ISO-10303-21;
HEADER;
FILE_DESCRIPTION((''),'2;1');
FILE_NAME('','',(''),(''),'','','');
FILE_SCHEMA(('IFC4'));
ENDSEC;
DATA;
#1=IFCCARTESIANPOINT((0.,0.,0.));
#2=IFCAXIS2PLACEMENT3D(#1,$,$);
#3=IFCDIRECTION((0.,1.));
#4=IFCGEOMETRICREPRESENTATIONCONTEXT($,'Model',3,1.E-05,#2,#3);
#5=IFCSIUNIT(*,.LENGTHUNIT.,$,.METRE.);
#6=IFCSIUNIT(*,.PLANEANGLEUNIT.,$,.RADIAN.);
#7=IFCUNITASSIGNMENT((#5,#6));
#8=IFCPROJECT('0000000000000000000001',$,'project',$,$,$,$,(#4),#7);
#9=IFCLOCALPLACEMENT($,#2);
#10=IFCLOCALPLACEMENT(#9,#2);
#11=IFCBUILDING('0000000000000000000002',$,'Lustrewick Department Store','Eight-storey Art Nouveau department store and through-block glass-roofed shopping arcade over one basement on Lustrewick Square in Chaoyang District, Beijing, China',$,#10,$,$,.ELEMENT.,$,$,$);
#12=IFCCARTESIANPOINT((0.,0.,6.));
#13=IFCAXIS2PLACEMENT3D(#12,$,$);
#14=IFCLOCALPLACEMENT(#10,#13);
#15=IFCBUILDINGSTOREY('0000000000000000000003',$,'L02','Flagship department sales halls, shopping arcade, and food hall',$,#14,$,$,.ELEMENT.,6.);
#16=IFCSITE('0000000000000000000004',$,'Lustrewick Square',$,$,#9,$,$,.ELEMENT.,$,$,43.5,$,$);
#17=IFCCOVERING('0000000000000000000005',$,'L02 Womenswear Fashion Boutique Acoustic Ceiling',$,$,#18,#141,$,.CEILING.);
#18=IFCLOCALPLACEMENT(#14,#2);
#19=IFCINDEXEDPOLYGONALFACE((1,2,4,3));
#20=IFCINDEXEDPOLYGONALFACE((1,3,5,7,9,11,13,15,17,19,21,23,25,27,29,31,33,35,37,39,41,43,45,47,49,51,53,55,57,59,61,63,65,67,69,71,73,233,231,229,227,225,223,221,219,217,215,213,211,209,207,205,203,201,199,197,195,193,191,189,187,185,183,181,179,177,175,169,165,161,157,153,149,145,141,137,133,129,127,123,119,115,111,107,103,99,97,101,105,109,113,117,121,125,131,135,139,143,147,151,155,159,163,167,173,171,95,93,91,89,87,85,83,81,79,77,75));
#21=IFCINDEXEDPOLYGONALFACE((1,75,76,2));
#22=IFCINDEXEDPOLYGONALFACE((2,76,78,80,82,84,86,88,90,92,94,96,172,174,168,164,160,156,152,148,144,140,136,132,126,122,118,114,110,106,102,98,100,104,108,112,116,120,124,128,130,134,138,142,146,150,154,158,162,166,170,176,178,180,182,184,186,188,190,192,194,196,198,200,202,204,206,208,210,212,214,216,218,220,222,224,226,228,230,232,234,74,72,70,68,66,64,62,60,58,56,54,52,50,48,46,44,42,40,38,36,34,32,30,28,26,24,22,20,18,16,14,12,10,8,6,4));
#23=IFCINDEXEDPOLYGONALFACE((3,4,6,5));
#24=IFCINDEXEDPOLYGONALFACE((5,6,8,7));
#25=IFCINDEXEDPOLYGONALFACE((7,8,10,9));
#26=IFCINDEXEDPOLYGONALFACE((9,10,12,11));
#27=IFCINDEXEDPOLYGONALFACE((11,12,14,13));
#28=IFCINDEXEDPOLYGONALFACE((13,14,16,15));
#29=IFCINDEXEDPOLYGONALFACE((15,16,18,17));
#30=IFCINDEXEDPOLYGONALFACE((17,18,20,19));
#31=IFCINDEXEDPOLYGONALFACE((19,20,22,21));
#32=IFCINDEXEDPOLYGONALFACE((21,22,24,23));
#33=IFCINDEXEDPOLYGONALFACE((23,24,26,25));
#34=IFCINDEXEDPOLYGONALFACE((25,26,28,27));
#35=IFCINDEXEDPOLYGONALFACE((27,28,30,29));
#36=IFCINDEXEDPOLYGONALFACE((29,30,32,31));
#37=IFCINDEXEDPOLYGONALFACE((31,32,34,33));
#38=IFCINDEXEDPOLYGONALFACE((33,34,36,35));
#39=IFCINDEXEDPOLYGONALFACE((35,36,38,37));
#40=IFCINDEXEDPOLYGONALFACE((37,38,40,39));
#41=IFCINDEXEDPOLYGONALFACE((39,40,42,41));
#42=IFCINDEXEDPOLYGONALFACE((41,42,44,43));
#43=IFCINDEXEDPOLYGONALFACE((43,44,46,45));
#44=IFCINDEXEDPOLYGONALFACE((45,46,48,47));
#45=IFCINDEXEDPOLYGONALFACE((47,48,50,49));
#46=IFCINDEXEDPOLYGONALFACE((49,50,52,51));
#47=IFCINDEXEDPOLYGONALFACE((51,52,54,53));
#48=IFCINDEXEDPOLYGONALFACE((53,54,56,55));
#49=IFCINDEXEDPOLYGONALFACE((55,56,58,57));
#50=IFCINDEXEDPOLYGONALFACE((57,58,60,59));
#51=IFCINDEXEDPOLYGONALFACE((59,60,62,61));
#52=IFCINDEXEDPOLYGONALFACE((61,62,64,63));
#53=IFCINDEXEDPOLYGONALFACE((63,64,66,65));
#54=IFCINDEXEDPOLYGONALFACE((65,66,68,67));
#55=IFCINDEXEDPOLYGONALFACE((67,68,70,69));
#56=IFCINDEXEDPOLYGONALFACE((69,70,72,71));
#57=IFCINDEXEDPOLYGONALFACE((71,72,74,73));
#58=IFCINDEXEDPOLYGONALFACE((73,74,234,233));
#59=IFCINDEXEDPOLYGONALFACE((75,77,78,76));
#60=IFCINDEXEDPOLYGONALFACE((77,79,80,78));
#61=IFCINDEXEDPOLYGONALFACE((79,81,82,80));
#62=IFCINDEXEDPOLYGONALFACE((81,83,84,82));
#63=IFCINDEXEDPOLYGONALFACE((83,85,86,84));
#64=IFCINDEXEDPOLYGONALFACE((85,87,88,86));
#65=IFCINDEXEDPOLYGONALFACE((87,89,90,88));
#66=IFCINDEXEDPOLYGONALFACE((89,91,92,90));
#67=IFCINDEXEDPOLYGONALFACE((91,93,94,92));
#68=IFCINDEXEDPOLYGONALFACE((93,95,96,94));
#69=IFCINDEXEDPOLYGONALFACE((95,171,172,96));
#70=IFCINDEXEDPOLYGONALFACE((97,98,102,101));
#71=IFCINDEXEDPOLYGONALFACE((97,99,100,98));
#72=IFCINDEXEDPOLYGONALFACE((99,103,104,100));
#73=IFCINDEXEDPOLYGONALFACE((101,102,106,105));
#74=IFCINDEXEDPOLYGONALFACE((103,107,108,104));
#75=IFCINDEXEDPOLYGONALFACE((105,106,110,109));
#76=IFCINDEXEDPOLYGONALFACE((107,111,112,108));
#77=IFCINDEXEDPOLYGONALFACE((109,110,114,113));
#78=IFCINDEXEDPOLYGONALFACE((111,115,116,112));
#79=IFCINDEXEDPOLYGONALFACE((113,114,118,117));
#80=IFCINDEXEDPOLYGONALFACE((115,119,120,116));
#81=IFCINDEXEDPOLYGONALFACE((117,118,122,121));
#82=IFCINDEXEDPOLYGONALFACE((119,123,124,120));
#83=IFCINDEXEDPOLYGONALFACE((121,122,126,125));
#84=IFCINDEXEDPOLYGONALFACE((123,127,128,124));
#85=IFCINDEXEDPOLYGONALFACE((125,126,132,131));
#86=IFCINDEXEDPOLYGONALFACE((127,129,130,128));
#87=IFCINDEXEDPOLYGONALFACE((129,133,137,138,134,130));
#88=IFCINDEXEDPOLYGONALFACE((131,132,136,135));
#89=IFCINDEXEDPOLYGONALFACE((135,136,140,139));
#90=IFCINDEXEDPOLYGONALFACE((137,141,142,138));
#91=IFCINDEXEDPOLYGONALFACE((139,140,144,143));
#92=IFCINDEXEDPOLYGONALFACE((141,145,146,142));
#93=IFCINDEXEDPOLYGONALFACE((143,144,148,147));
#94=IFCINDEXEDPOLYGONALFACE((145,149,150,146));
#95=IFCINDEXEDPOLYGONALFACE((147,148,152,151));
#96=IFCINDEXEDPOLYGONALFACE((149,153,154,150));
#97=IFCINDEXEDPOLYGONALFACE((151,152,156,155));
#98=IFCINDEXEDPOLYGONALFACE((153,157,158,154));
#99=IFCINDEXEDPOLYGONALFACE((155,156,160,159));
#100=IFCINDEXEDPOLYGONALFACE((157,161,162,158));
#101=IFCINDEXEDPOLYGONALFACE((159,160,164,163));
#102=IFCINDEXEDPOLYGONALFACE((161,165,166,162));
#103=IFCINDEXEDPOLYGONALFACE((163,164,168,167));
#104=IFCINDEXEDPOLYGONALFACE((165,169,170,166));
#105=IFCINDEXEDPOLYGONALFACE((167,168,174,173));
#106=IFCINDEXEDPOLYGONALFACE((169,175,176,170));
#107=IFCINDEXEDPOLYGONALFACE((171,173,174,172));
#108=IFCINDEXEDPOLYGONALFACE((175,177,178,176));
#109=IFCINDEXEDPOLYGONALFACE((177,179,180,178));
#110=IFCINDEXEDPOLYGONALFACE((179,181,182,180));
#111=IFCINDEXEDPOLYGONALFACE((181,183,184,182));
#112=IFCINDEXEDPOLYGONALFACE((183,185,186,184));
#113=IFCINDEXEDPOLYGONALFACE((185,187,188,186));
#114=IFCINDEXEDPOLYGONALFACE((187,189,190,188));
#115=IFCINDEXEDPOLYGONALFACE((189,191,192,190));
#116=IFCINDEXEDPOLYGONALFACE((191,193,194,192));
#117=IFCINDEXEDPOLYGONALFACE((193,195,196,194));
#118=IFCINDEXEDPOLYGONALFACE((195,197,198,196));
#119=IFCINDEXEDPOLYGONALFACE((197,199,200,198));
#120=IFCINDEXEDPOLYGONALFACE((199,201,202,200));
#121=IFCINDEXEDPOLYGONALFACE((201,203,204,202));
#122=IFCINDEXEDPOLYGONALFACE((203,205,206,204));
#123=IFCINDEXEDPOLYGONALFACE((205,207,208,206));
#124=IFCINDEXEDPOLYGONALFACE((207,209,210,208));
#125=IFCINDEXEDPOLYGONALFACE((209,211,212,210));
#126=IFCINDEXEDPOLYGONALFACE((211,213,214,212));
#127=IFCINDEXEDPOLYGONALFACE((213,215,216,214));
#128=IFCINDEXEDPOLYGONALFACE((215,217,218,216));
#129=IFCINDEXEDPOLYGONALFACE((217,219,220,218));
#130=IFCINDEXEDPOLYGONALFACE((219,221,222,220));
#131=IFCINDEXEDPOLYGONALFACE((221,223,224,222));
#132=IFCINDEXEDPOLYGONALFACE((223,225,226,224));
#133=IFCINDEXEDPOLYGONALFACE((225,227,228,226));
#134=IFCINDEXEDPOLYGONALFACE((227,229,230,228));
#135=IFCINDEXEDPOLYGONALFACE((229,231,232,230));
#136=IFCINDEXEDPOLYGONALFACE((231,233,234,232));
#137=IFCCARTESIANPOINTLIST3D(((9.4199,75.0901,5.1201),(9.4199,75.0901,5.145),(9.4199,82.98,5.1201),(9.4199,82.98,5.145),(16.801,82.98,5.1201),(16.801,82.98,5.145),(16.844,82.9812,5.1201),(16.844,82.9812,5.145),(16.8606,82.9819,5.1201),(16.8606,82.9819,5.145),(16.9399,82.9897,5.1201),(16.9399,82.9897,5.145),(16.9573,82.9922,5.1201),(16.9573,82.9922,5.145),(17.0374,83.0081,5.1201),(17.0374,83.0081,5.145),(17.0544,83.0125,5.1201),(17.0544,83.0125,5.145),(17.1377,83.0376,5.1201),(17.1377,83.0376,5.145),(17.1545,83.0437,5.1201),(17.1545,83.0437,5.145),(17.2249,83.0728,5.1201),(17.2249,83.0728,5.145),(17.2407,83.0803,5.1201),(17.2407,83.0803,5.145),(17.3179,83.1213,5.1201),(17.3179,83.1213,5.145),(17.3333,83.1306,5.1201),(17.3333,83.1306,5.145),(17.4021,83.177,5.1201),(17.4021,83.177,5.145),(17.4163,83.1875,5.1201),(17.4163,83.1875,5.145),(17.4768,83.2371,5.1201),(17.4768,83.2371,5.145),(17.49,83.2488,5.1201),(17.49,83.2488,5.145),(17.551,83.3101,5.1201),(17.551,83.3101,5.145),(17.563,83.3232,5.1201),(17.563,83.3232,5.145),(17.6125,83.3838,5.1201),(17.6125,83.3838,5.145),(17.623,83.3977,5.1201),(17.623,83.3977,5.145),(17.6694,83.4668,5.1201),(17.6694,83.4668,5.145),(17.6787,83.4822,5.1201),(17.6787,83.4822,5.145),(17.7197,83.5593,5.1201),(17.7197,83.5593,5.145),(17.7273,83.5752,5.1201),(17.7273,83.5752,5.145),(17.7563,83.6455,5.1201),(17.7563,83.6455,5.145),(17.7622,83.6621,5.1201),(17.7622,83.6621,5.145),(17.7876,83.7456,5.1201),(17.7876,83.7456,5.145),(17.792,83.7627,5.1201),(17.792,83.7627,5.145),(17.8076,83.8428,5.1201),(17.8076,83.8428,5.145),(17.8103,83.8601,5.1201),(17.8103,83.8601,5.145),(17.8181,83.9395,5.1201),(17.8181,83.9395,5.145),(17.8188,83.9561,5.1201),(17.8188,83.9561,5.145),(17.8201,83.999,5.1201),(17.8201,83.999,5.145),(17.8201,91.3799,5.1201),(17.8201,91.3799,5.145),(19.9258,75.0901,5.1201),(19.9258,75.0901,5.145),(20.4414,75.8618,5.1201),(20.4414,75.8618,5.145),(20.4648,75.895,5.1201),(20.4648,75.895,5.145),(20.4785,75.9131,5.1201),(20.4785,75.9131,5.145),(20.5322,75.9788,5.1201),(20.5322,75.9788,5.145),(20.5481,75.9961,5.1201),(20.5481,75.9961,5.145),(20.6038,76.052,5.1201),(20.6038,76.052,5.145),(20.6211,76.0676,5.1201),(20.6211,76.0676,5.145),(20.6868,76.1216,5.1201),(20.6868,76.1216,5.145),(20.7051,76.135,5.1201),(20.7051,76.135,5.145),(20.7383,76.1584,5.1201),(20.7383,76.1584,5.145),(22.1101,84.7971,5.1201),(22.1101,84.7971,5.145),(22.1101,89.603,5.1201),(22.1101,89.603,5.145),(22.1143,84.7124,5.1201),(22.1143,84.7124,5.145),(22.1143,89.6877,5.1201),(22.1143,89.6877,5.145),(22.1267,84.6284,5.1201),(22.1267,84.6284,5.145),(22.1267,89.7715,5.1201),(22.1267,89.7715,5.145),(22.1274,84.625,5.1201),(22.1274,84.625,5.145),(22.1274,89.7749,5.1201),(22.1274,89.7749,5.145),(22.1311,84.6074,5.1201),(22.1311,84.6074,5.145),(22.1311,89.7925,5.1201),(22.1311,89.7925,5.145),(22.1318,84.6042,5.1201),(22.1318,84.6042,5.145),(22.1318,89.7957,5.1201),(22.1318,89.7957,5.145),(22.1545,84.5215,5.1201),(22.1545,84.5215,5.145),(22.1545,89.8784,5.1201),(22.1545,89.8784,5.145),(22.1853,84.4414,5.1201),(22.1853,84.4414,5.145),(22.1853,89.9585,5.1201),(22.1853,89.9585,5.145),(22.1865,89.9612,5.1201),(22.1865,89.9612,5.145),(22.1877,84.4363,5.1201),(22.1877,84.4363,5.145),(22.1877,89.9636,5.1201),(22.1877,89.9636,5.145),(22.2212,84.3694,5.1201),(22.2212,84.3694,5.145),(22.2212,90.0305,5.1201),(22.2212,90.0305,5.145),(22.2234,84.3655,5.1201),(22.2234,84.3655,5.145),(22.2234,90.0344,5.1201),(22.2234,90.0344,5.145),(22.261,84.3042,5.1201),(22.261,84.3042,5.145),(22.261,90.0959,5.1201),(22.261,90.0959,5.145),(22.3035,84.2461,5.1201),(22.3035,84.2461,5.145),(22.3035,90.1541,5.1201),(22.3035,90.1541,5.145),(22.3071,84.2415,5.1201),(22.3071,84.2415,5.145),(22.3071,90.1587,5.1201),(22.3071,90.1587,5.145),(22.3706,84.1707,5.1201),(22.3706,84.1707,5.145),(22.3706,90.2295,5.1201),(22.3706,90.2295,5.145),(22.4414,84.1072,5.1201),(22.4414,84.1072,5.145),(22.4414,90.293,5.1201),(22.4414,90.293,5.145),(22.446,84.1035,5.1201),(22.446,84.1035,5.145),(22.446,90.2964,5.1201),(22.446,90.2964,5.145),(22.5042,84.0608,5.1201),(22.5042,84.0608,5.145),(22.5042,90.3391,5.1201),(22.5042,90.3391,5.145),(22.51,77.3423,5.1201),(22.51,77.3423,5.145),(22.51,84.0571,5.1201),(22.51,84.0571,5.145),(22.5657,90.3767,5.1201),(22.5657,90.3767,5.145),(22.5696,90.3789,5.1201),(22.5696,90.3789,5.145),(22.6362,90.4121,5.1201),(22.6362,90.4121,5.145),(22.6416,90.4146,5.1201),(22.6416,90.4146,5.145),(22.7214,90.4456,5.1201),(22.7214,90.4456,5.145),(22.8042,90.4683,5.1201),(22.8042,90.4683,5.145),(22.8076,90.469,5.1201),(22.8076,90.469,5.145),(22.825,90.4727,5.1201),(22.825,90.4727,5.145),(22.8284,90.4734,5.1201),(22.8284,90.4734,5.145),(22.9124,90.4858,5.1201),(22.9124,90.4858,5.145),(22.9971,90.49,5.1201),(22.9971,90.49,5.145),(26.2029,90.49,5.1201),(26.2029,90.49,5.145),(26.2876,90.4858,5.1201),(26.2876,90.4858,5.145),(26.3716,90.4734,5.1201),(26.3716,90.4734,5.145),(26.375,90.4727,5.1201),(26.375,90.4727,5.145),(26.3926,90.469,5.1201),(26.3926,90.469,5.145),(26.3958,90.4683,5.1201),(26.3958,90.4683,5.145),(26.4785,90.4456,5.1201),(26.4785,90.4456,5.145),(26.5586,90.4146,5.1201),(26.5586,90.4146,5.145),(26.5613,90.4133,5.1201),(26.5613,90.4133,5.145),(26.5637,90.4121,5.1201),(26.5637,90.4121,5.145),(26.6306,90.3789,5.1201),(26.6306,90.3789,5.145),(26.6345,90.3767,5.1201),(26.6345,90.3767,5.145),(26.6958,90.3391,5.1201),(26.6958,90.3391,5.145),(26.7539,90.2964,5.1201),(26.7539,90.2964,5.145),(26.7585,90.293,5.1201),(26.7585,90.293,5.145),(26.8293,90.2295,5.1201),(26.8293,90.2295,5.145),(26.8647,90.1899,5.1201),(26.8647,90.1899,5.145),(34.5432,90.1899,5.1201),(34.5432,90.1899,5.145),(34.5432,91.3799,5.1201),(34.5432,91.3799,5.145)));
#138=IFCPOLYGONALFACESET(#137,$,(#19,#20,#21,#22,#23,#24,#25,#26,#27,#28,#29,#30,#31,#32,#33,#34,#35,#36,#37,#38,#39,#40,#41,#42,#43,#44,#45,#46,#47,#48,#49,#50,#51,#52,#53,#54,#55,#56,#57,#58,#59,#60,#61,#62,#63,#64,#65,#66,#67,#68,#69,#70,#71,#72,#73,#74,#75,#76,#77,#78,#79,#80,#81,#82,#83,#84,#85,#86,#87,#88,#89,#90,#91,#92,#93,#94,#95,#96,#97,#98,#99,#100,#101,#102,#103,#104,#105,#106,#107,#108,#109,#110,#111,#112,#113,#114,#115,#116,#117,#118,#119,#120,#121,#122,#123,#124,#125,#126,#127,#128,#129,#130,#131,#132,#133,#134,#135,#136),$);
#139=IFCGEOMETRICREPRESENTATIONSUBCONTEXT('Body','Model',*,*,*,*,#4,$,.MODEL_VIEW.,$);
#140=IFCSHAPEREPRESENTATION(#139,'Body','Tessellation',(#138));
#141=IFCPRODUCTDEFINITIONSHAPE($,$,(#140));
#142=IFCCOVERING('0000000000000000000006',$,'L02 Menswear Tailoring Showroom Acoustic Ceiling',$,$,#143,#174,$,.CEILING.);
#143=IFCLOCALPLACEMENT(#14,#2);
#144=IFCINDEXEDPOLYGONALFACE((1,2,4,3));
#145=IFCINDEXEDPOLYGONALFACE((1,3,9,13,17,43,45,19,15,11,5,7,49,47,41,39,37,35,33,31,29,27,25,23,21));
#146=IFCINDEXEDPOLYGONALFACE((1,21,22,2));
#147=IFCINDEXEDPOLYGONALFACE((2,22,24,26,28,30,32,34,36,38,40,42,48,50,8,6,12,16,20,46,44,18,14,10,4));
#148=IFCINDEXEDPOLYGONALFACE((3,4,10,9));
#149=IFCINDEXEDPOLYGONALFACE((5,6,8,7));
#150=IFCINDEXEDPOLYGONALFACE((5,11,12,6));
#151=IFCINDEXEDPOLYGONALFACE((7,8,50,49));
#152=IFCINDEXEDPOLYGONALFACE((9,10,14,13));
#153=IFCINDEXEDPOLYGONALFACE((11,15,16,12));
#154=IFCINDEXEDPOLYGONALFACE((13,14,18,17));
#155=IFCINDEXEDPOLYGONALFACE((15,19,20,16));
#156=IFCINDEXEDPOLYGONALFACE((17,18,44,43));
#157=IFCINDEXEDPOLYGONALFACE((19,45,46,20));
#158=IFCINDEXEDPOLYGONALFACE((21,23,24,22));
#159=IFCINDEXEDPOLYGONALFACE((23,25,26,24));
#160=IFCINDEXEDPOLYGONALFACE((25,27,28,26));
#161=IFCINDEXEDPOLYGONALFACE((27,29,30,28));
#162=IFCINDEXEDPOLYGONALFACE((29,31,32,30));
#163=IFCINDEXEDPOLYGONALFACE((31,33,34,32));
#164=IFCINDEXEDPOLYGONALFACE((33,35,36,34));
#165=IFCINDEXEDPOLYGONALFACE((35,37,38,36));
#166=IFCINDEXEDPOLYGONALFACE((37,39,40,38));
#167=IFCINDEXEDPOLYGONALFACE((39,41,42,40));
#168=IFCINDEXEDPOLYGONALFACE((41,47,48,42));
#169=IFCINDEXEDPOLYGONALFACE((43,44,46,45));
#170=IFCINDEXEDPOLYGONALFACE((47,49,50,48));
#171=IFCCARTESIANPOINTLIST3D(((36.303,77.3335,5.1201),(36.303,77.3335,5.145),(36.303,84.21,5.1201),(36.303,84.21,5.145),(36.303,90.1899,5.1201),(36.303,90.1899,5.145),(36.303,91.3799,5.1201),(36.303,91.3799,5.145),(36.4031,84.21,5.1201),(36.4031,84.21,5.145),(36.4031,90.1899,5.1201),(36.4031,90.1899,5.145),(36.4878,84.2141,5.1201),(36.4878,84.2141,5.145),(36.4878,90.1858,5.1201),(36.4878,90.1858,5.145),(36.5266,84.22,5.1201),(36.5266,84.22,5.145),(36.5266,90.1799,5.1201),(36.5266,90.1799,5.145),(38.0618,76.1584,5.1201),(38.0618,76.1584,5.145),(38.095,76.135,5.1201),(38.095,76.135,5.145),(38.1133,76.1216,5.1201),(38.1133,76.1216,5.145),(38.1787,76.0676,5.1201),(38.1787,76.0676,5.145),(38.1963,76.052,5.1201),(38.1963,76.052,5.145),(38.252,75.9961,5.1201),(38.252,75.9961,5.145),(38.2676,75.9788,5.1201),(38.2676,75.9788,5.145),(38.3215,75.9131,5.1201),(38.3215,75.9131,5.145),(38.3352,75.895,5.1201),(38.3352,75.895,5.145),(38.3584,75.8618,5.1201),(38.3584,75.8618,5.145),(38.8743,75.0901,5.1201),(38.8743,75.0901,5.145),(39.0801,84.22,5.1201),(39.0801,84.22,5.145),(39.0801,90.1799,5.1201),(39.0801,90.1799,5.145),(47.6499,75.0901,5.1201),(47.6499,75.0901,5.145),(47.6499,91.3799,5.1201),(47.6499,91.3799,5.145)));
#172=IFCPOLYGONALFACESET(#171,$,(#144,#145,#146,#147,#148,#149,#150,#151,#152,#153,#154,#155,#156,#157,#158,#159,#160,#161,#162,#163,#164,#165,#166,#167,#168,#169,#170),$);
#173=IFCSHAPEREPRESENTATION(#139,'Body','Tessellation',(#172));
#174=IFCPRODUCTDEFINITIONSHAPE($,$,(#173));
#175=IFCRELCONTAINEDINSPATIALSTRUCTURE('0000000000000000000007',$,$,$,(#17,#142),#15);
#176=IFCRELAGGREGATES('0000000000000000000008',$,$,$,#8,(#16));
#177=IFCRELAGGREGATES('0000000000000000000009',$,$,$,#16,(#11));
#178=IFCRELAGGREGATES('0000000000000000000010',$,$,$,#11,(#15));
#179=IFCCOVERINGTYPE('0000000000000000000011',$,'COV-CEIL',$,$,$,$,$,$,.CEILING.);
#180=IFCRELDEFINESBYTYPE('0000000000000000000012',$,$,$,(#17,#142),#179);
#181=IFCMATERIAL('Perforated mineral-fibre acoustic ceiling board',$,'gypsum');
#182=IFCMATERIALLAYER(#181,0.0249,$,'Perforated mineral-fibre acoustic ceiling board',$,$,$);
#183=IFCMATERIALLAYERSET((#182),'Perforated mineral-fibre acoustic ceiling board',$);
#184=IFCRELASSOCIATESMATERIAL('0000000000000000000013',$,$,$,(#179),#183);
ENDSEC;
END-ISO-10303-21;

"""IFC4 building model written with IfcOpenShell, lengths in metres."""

from ifc_helpers import new_model, si_unit, direction, frame, origin, place, context, subcontext, project, spatial, polyline, outline, extrude, material, layer, layer_set, type_object, element, save


model = new_model("IFC4")

# Units and contexts
model_context = context("Model", 3, precision=1e-05, world=origin(), true_north=direction((0.0, 1.0)))
body_context = subcontext(model_context, "Body", "Model", "MODEL_VIEW")
ifc_project = project(units=[si_unit("LENGTHUNIT", "METRE"), si_unit("PLANEANGLEUNIT", "RADIAN")], contexts=[model_context])

# Site, building, storey
site_placement = place(None, origin())
site = spatial("IfcSite", under=ifc_project, at=site_placement, Name="Lustrewick Square", CompositionType="ELEMENT", RefElevation=43.5)
building_placement = place(site_placement, origin())
building = spatial("IfcBuilding", under=site, at=building_placement, Name="Lustrewick Department Store", Description="Eight-storey Art Nouveau department store and through-block glass-roofed shopping arcade over one basement on Lustrewick Square in Chaoyang District, Beijing, China", CompositionType="ELEMENT")
storey_placement = place(building_placement, frame((0.0, 0.0, 6.0)))
storey = spatial("IfcBuildingStorey", under=building, at=storey_placement, Name="L02", Description="Flagship department sales halls, shopping arcade, and food hall", CompositionType="ELEMENT", Elevation=6.0)

# Coverings
ifc_material_1 = material(Name="Perforated mineral-fibre acoustic ceiling board", Category="gypsum")
ifc_layer_1 = layer(ifc_material_1, 0.0249, Name="Perforated mineral-fibre acoustic ceiling board")
ifc_layer_set_1 = layer_set([ifc_layer_1], Name="Perforated mineral-fibre acoustic ceiling board")
covering_type_1 = type_object("IfcCoveringType", Name="COV-CEIL", PredefinedType="CEILING", material=ifc_layer_set_1)
covering_1_placement = place(storey_placement, frame((0.0, 0.0, 5.1201)))
element("IfcCovering", 1, at=covering_1_placement, inside=storey, type_object=covering_type_1, Name="L02 Womenswear Fashion Boutique Acoustic Ceiling", PredefinedType="CEILING", context=body_context, shape_type="SweptSolid", body=[
    extrude(outline(polyline([(9.4199, 75.0901), (19.9258, 75.0901), (20.4414, 75.8618), (20.4648, 75.895), (20.4785, 75.9131), (20.5322, 75.9788), (20.5481, 75.9961), (20.6038, 76.052), (20.6211, 76.0676), (20.6868, 76.1216), (20.7051, 76.135), (20.7383, 76.1584), (22.51, 77.3423), (22.51, 84.0571), (22.5042, 84.0608), (22.446, 84.1035), (22.4414, 84.1072), (22.3706, 84.1707), (22.3071, 84.2415), (22.3035, 84.2461), (22.261, 84.3042), (22.2234, 84.3655), (22.2212, 84.3694), (22.1877, 84.4363), (22.1853, 84.4414), (22.1545, 84.5215), (22.1318, 84.6042), (22.1311, 84.6074), (22.1274, 84.625), (22.1267, 84.6284), (22.1143, 84.7124), (22.1101, 84.7971), (22.1101, 89.603), (22.1143, 89.6877), (22.1267, 89.7715), (22.1274, 89.7749), (22.1311, 89.7925), (22.1318, 89.7957), (22.1545, 89.8784), (22.1853, 89.9585), (22.1865, 89.9612), (22.1877, 89.9636), (22.2212, 90.0305), (22.2234, 90.0344), (22.261, 90.0959), (22.3035, 90.1541), (22.3071, 90.1587), (22.3706, 90.2295), (22.4414, 90.293), (22.446, 90.2964), (22.5042, 90.3391), (22.5657, 90.3767), (22.5696, 90.3789), (22.6362, 90.4121), (22.6416, 90.4146), (22.7214, 90.4456), (22.8042, 90.4683), (22.8076, 90.469), (22.825, 90.4727), (22.8284, 90.4734), (22.9124, 90.4858), (22.9971, 90.49), (26.2029, 90.49), (26.2876, 90.4858), (26.3716, 90.4734), (26.375, 90.4727), (26.3926, 90.469), (26.3958, 90.4683), (26.4785, 90.4456), (26.5586, 90.4146), (26.5613, 90.4133), (26.5637, 90.4121), (26.6306, 90.3789), (26.6345, 90.3767), (26.6958, 90.3391), (26.7539, 90.2964), (26.7585, 90.293), (26.8293, 90.2295), (26.8647, 90.1899), (34.5432, 90.1899), (34.5432, 91.3799), (17.8201, 91.3799), (17.8201, 83.999), (17.8188, 83.9561), (17.8181, 83.9395), (17.8103, 83.8601), (17.8076, 83.8428), (17.792, 83.7627), (17.7876, 83.7456), (17.7622, 83.6621), (17.7563, 83.6455), (17.7273, 83.5752), (17.7197, 83.5593), (17.6787, 83.4822), (17.6694, 83.4668), (17.623, 83.3977), (17.6125, 83.3838), (17.563, 83.3232), (17.551, 83.3101), (17.49, 83.2488), (17.4768, 83.2371), (17.4163, 83.1875), (17.4021, 83.177), (17.3333, 83.1306), (17.3179, 83.1213), (17.2407, 83.0803), (17.2249, 83.0728), (17.1545, 83.0437), (17.1377, 83.0376), (17.0544, 83.0125), (17.0374, 83.0081), (16.9573, 82.9922), (16.9399, 82.9897), (16.8606, 82.9819), (16.844, 82.9812), (16.801, 82.98), (9.4199, 82.98), (9.4199, 75.0901)])), origin(), (0.0, 0.0, 1.0), 0.0249),
])
covering_2_placement = place(storey_placement, frame((0.0, 0.0, 5.1201)))
element("IfcCovering", 2, at=covering_2_placement, inside=storey, type_object=covering_type_1, Name="L02 Menswear Tailoring Showroom Acoustic Ceiling", PredefinedType="CEILING", context=body_context, shape_type="SweptSolid", body=[
    extrude(outline(polyline([(47.6499, 75.0901), (47.6499, 91.3799), (36.303, 91.3799), (36.303, 90.1899), (36.4031, 90.1899), (36.4878, 90.1858), (36.5266, 90.1799), (39.0801, 90.1799), (39.0801, 84.22), (36.5266, 84.22), (36.4878, 84.2141), (36.4031, 84.21), (36.303, 84.21), (36.303, 77.3335), (38.0618, 76.1584), (38.095, 76.135), (38.1133, 76.1216), (38.1787, 76.0676), (38.1963, 76.052), (38.252, 75.9961), (38.2676, 75.9788), (38.3215, 75.9131), (38.3352, 75.895), (38.3584, 75.8618), (38.8743, 75.0901), (47.6499, 75.0901)])), origin(), (0.0, 0.0, 1.0), 0.0249),
])

save(model, "model.ifc")
